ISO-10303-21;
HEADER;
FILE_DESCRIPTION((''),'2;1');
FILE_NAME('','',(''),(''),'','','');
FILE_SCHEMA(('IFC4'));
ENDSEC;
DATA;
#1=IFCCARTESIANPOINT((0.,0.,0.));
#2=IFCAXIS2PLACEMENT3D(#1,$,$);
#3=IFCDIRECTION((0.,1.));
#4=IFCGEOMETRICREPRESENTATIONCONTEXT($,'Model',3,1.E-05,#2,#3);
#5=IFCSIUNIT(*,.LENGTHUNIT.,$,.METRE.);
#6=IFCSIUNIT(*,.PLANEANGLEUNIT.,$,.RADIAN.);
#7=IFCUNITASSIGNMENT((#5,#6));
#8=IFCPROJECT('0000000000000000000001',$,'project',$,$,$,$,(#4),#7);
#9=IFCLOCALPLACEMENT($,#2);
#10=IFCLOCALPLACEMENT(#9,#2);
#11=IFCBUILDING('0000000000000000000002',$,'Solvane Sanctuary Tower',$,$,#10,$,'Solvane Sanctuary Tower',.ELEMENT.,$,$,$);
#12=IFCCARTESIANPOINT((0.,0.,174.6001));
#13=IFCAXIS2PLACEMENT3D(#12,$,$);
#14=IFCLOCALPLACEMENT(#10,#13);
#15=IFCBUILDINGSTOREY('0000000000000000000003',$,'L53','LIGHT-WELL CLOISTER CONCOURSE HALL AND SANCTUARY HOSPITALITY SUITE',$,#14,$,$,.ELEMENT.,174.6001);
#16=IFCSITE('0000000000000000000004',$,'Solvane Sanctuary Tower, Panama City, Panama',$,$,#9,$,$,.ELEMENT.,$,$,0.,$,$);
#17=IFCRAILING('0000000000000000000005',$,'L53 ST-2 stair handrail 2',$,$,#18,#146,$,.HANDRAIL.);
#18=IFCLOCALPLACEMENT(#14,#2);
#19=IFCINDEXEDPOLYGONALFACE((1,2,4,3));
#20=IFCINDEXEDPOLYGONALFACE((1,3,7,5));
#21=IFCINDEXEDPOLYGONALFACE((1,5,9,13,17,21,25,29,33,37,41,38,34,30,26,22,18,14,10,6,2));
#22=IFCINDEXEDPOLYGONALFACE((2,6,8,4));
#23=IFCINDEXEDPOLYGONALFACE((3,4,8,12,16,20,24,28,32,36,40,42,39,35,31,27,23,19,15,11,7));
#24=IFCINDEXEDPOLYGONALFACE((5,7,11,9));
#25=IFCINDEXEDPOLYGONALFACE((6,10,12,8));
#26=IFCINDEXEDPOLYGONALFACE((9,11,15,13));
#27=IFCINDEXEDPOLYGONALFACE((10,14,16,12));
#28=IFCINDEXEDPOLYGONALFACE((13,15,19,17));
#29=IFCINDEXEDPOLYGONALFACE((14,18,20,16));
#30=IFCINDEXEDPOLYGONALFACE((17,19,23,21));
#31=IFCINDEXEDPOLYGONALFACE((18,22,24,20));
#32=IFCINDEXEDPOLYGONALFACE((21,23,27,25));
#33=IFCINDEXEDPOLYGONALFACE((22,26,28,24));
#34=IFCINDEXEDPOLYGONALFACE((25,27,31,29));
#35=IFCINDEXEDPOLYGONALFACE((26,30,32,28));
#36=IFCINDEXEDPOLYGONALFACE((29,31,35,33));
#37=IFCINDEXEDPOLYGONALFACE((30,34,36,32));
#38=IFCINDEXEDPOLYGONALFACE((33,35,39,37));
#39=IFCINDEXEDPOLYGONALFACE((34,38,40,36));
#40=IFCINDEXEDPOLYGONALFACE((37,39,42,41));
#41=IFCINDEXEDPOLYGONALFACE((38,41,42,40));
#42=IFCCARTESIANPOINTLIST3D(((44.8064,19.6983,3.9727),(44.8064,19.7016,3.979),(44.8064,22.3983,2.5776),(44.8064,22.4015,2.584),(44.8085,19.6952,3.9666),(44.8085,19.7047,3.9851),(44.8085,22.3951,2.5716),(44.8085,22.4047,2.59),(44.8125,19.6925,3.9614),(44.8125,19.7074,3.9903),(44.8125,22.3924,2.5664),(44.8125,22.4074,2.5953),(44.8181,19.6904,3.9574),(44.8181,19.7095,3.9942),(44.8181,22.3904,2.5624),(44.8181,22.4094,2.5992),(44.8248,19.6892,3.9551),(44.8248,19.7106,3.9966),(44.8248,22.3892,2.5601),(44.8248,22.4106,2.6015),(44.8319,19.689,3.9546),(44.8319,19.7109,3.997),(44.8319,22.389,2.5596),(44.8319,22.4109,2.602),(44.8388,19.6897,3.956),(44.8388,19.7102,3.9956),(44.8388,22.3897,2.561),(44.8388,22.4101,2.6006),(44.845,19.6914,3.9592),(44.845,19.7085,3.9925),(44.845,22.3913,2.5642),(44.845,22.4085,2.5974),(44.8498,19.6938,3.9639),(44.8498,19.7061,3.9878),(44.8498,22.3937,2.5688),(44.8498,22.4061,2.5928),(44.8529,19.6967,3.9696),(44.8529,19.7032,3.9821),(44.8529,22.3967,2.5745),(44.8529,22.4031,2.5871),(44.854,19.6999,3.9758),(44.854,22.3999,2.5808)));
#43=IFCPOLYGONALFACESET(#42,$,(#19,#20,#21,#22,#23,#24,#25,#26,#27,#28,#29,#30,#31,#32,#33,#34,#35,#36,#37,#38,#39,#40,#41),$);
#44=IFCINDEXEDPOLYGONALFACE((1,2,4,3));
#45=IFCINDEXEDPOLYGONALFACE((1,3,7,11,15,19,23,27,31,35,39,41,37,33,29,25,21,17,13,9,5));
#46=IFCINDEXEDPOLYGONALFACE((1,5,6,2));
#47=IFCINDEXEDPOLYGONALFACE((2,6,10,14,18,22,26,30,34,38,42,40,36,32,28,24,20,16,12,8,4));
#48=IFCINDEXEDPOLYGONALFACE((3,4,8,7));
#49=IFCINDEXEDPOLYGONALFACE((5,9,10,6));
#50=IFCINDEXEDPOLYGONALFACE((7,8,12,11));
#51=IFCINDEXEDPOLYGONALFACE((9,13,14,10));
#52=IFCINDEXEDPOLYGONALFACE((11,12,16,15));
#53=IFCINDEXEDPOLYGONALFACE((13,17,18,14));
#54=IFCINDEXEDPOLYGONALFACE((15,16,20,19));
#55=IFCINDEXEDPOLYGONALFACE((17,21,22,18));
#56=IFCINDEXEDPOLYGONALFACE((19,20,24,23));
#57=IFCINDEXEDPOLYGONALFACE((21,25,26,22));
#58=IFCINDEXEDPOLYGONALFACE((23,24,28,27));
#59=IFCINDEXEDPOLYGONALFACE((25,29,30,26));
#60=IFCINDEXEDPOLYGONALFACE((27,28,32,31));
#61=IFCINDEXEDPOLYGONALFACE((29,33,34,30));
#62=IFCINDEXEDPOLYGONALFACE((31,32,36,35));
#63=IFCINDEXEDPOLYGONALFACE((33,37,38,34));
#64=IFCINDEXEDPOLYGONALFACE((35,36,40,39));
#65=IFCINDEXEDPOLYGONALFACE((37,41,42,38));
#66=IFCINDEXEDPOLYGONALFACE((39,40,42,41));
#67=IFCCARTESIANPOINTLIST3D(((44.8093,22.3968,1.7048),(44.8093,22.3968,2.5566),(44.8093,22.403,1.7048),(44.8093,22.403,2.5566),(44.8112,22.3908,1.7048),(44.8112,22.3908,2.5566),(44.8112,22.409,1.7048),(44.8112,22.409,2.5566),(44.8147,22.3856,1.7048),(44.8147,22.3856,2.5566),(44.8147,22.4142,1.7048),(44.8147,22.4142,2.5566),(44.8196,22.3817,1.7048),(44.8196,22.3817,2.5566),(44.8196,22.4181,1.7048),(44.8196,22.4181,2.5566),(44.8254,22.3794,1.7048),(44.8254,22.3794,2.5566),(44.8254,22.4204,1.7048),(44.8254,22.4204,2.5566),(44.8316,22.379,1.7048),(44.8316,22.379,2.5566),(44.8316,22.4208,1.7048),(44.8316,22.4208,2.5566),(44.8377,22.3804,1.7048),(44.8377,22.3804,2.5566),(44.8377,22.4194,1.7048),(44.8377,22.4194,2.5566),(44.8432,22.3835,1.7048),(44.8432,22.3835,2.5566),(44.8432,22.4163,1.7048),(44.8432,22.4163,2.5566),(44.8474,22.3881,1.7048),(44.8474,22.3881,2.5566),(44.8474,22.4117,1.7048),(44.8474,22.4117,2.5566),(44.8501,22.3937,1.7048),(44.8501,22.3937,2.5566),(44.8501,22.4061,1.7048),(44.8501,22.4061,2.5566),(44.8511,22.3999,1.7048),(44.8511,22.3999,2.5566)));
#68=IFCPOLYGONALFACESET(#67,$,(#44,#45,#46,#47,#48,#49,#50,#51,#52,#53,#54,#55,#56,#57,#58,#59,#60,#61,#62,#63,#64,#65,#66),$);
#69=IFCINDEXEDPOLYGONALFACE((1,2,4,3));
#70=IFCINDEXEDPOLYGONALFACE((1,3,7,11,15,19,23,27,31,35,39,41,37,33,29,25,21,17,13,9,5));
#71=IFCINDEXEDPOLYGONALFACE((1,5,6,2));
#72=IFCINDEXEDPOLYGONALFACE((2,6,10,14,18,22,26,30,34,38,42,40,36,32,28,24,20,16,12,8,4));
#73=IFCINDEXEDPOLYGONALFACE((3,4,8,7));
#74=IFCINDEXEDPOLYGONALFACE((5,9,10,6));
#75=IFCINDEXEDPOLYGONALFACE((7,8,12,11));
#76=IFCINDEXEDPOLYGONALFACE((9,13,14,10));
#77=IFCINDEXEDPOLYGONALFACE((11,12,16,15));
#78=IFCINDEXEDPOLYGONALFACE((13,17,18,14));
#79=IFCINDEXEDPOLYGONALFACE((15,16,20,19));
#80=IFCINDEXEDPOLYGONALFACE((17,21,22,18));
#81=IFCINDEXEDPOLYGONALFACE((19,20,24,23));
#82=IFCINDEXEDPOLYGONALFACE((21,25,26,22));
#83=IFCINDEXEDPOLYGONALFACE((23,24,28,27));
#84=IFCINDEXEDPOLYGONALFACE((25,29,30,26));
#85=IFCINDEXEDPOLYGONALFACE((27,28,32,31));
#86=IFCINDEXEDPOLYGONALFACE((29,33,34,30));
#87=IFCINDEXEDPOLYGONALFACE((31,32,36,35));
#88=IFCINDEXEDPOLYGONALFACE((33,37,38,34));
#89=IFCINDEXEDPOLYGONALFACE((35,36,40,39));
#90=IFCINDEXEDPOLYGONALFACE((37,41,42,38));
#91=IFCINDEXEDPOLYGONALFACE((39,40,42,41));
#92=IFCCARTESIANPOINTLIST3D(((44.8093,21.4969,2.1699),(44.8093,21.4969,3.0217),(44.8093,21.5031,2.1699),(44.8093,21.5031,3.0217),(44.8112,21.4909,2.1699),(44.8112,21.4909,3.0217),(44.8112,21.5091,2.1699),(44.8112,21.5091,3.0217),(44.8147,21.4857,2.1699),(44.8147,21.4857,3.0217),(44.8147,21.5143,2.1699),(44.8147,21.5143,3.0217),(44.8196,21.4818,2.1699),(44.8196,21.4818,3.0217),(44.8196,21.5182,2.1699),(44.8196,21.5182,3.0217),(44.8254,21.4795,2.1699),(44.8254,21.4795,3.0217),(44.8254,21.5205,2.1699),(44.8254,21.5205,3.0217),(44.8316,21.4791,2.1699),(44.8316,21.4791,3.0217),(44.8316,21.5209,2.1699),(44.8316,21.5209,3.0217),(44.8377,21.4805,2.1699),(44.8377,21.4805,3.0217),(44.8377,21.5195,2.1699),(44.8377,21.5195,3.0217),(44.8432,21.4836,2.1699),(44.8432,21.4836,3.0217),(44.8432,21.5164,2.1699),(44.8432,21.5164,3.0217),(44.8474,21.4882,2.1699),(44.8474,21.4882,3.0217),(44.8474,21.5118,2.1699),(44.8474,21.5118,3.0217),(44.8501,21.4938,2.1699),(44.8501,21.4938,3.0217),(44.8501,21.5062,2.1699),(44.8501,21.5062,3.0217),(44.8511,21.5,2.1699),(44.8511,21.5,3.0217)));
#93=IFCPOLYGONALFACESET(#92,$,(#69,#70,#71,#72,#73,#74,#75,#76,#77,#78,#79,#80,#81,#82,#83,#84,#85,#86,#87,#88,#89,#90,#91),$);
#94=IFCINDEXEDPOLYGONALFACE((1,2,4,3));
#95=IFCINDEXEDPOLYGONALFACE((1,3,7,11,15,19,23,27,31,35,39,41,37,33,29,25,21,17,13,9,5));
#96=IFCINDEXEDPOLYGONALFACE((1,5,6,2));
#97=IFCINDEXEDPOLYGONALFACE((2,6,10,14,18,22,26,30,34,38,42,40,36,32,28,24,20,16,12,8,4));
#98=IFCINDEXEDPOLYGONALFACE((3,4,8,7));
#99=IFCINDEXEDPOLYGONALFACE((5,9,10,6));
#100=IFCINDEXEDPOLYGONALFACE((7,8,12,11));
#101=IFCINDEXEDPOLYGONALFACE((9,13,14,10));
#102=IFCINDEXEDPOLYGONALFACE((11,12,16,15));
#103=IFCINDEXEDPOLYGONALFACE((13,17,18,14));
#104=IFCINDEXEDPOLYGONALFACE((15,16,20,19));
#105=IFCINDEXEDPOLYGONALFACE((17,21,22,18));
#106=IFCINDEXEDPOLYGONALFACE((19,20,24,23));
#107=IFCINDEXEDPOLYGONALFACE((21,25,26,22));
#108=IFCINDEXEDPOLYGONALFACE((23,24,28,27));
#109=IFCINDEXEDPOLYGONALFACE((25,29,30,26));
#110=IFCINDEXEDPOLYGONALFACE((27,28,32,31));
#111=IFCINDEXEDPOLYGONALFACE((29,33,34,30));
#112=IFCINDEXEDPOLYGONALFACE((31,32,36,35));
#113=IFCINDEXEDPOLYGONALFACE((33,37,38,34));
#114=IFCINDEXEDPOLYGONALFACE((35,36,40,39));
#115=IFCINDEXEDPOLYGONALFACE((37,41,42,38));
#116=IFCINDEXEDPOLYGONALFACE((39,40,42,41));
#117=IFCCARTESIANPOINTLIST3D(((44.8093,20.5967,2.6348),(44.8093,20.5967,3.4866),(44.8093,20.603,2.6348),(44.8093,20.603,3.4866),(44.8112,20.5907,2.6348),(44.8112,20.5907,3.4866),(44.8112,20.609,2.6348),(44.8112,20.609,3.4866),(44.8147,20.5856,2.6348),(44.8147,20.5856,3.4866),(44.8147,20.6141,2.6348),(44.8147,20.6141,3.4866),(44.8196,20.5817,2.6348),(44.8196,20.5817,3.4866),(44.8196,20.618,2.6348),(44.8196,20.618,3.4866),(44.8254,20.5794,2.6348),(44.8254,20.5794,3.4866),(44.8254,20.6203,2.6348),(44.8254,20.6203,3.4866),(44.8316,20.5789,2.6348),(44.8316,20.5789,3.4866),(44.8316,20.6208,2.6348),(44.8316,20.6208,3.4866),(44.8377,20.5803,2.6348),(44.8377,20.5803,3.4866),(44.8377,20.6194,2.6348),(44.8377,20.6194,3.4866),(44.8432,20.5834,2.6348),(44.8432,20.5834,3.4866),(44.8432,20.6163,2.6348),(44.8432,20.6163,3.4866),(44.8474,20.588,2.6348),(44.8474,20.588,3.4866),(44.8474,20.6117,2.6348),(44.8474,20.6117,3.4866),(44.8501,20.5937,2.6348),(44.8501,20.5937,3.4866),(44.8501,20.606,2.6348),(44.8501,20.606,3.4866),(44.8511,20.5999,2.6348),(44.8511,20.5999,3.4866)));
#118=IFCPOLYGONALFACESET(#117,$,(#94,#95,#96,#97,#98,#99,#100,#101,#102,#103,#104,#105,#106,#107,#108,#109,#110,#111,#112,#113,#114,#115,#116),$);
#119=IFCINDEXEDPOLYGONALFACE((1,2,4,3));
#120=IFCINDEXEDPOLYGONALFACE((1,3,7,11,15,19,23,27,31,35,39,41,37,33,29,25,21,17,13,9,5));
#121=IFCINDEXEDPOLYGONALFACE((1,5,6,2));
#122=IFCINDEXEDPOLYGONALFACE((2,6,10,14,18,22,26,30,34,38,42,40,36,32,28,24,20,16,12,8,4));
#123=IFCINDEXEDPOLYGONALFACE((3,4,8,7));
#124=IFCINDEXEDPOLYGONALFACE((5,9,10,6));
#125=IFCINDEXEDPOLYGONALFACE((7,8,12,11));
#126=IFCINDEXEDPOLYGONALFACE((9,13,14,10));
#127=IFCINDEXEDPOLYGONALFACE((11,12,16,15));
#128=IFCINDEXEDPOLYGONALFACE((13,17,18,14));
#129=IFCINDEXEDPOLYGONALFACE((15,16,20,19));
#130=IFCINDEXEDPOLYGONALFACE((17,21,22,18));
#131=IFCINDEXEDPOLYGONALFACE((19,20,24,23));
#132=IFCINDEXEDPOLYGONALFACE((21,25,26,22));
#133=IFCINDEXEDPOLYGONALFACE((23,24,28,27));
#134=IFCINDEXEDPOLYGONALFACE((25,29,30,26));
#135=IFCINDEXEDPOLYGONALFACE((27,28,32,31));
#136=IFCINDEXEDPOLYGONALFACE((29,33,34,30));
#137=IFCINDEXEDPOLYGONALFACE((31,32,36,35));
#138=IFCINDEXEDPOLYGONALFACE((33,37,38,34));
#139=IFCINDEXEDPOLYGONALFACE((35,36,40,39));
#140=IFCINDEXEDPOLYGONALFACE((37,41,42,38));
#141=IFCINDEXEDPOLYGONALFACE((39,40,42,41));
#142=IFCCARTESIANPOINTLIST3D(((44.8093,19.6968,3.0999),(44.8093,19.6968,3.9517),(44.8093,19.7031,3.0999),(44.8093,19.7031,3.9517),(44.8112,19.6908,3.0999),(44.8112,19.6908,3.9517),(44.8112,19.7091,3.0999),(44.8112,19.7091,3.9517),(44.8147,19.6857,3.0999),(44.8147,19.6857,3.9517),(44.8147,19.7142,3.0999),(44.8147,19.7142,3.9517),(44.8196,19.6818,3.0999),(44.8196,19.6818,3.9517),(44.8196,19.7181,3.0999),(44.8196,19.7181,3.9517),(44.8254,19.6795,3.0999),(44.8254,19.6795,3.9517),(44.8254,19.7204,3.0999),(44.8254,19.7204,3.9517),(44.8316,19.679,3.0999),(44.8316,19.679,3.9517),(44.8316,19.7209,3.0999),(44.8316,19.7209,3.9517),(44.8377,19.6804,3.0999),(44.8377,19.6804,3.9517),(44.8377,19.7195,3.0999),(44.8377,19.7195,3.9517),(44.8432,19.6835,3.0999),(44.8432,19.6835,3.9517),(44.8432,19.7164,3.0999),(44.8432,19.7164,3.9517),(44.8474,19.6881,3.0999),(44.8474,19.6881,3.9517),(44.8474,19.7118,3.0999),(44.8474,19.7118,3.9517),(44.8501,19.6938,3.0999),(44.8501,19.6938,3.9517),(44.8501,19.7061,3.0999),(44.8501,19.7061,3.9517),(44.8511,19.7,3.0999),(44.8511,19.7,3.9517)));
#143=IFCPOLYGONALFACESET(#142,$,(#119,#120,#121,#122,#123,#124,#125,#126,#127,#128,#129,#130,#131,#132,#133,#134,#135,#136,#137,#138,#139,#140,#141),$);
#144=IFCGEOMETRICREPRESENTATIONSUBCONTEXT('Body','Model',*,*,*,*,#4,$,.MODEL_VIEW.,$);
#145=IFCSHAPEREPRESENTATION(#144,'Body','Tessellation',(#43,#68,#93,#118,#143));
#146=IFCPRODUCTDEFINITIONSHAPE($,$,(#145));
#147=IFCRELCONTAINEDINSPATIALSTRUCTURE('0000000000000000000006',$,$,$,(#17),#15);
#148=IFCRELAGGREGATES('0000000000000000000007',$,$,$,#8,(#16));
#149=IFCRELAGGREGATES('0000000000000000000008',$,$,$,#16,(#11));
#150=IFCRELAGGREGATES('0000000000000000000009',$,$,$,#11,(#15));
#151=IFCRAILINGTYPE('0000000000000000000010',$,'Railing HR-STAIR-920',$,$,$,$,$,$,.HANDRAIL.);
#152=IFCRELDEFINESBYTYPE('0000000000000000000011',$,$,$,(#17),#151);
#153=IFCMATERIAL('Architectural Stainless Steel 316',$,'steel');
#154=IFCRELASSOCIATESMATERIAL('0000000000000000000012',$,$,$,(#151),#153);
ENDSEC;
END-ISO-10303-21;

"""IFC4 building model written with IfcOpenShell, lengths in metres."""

from ifc_helpers import new_model, si_unit, direction, frame, origin, origin_2d, place, context, subcontext, project, spatial, circle, extrude, material, type_object, element, save


model = new_model("IFC4")

# Units and contexts
model_context = context("Model", 3, precision=1e-05, world=origin(), true_north=direction((0.0, 1.0)))
body_context = subcontext(model_context, "Body", "Model", "MODEL_VIEW")
ifc_project = project(units=[si_unit("LENGTHUNIT", "METRE"), si_unit("PLANEANGLEUNIT", "RADIAN")], contexts=[model_context])

# Site, building, storey
site_placement = place(None, origin())
site = spatial("IfcSite", under=ifc_project, at=site_placement, Name="Solvane Sanctuary Tower, Panama City, Panama", CompositionType="ELEMENT", RefElevation=0.0)
building_placement = place(site_placement, origin())
building = spatial("IfcBuilding", under=site, at=building_placement, Name="Solvane Sanctuary Tower", LongName="Solvane Sanctuary Tower", CompositionType="ELEMENT")
storey_placement = place(building_placement, frame((0.0, 0.0, 174.6001)))
storey = spatial("IfcBuildingStorey", under=building, at=storey_placement, Name="L53", Description="LIGHT-WELL CLOISTER CONCOURSE HALL AND SANCTUARY HOSPITALITY SUITE", CompositionType="ELEMENT", Elevation=174.6001)

# Shared definitions
ifc_material_1 = material(Name="Architectural Stainless Steel 316", Category="steel")

# Railing
railing_type_1 = type_object("IfcRailingType", Name="Railing HR-STAIR-920", PredefinedType="HANDRAIL", material=ifc_material_1)
railing_1_placement = place(storey_placement, frame((44.8301, 22.3999, 1.7048)))
element("IfcRailing", 1, at=railing_1_placement, inside=storey, type_object=railing_type_1, Name="L53 ST-2 stair handrail 2", PredefinedType="HANDRAIL", context=body_context, shape_type="SweptSolid", body=[
    extrude(circle(Radius=0.0239, at=origin_2d()), frame((0.0, 0.0, 0.876), z_axis=(0.0, -0.88842, 0.459032), x_axis=(1.0, 0.0, 0.0)), (0.0, 0.0, 1.0), 3.0391),
    extrude(circle(Radius=0.021, at=origin_2d()), origin(), (0.0, 0.0, 1.0), 0.8518),
    extrude(circle(Radius=0.021, at=origin_2d()), frame((0.0, -0.8999, 0.4651)), (0.0, 0.0, 1.0), 0.8518),
    extrude(circle(Radius=0.021, at=origin_2d()), frame((0.0, -1.8, 0.9299)), (0.0, 0.0, 1.0), 0.8518),
    extrude(circle(Radius=0.021, at=origin_2d()), frame((0.0, -2.7, 1.395)), (0.0, 0.0, 1.0), 0.8518),
])

save(model, "model.ifc")
